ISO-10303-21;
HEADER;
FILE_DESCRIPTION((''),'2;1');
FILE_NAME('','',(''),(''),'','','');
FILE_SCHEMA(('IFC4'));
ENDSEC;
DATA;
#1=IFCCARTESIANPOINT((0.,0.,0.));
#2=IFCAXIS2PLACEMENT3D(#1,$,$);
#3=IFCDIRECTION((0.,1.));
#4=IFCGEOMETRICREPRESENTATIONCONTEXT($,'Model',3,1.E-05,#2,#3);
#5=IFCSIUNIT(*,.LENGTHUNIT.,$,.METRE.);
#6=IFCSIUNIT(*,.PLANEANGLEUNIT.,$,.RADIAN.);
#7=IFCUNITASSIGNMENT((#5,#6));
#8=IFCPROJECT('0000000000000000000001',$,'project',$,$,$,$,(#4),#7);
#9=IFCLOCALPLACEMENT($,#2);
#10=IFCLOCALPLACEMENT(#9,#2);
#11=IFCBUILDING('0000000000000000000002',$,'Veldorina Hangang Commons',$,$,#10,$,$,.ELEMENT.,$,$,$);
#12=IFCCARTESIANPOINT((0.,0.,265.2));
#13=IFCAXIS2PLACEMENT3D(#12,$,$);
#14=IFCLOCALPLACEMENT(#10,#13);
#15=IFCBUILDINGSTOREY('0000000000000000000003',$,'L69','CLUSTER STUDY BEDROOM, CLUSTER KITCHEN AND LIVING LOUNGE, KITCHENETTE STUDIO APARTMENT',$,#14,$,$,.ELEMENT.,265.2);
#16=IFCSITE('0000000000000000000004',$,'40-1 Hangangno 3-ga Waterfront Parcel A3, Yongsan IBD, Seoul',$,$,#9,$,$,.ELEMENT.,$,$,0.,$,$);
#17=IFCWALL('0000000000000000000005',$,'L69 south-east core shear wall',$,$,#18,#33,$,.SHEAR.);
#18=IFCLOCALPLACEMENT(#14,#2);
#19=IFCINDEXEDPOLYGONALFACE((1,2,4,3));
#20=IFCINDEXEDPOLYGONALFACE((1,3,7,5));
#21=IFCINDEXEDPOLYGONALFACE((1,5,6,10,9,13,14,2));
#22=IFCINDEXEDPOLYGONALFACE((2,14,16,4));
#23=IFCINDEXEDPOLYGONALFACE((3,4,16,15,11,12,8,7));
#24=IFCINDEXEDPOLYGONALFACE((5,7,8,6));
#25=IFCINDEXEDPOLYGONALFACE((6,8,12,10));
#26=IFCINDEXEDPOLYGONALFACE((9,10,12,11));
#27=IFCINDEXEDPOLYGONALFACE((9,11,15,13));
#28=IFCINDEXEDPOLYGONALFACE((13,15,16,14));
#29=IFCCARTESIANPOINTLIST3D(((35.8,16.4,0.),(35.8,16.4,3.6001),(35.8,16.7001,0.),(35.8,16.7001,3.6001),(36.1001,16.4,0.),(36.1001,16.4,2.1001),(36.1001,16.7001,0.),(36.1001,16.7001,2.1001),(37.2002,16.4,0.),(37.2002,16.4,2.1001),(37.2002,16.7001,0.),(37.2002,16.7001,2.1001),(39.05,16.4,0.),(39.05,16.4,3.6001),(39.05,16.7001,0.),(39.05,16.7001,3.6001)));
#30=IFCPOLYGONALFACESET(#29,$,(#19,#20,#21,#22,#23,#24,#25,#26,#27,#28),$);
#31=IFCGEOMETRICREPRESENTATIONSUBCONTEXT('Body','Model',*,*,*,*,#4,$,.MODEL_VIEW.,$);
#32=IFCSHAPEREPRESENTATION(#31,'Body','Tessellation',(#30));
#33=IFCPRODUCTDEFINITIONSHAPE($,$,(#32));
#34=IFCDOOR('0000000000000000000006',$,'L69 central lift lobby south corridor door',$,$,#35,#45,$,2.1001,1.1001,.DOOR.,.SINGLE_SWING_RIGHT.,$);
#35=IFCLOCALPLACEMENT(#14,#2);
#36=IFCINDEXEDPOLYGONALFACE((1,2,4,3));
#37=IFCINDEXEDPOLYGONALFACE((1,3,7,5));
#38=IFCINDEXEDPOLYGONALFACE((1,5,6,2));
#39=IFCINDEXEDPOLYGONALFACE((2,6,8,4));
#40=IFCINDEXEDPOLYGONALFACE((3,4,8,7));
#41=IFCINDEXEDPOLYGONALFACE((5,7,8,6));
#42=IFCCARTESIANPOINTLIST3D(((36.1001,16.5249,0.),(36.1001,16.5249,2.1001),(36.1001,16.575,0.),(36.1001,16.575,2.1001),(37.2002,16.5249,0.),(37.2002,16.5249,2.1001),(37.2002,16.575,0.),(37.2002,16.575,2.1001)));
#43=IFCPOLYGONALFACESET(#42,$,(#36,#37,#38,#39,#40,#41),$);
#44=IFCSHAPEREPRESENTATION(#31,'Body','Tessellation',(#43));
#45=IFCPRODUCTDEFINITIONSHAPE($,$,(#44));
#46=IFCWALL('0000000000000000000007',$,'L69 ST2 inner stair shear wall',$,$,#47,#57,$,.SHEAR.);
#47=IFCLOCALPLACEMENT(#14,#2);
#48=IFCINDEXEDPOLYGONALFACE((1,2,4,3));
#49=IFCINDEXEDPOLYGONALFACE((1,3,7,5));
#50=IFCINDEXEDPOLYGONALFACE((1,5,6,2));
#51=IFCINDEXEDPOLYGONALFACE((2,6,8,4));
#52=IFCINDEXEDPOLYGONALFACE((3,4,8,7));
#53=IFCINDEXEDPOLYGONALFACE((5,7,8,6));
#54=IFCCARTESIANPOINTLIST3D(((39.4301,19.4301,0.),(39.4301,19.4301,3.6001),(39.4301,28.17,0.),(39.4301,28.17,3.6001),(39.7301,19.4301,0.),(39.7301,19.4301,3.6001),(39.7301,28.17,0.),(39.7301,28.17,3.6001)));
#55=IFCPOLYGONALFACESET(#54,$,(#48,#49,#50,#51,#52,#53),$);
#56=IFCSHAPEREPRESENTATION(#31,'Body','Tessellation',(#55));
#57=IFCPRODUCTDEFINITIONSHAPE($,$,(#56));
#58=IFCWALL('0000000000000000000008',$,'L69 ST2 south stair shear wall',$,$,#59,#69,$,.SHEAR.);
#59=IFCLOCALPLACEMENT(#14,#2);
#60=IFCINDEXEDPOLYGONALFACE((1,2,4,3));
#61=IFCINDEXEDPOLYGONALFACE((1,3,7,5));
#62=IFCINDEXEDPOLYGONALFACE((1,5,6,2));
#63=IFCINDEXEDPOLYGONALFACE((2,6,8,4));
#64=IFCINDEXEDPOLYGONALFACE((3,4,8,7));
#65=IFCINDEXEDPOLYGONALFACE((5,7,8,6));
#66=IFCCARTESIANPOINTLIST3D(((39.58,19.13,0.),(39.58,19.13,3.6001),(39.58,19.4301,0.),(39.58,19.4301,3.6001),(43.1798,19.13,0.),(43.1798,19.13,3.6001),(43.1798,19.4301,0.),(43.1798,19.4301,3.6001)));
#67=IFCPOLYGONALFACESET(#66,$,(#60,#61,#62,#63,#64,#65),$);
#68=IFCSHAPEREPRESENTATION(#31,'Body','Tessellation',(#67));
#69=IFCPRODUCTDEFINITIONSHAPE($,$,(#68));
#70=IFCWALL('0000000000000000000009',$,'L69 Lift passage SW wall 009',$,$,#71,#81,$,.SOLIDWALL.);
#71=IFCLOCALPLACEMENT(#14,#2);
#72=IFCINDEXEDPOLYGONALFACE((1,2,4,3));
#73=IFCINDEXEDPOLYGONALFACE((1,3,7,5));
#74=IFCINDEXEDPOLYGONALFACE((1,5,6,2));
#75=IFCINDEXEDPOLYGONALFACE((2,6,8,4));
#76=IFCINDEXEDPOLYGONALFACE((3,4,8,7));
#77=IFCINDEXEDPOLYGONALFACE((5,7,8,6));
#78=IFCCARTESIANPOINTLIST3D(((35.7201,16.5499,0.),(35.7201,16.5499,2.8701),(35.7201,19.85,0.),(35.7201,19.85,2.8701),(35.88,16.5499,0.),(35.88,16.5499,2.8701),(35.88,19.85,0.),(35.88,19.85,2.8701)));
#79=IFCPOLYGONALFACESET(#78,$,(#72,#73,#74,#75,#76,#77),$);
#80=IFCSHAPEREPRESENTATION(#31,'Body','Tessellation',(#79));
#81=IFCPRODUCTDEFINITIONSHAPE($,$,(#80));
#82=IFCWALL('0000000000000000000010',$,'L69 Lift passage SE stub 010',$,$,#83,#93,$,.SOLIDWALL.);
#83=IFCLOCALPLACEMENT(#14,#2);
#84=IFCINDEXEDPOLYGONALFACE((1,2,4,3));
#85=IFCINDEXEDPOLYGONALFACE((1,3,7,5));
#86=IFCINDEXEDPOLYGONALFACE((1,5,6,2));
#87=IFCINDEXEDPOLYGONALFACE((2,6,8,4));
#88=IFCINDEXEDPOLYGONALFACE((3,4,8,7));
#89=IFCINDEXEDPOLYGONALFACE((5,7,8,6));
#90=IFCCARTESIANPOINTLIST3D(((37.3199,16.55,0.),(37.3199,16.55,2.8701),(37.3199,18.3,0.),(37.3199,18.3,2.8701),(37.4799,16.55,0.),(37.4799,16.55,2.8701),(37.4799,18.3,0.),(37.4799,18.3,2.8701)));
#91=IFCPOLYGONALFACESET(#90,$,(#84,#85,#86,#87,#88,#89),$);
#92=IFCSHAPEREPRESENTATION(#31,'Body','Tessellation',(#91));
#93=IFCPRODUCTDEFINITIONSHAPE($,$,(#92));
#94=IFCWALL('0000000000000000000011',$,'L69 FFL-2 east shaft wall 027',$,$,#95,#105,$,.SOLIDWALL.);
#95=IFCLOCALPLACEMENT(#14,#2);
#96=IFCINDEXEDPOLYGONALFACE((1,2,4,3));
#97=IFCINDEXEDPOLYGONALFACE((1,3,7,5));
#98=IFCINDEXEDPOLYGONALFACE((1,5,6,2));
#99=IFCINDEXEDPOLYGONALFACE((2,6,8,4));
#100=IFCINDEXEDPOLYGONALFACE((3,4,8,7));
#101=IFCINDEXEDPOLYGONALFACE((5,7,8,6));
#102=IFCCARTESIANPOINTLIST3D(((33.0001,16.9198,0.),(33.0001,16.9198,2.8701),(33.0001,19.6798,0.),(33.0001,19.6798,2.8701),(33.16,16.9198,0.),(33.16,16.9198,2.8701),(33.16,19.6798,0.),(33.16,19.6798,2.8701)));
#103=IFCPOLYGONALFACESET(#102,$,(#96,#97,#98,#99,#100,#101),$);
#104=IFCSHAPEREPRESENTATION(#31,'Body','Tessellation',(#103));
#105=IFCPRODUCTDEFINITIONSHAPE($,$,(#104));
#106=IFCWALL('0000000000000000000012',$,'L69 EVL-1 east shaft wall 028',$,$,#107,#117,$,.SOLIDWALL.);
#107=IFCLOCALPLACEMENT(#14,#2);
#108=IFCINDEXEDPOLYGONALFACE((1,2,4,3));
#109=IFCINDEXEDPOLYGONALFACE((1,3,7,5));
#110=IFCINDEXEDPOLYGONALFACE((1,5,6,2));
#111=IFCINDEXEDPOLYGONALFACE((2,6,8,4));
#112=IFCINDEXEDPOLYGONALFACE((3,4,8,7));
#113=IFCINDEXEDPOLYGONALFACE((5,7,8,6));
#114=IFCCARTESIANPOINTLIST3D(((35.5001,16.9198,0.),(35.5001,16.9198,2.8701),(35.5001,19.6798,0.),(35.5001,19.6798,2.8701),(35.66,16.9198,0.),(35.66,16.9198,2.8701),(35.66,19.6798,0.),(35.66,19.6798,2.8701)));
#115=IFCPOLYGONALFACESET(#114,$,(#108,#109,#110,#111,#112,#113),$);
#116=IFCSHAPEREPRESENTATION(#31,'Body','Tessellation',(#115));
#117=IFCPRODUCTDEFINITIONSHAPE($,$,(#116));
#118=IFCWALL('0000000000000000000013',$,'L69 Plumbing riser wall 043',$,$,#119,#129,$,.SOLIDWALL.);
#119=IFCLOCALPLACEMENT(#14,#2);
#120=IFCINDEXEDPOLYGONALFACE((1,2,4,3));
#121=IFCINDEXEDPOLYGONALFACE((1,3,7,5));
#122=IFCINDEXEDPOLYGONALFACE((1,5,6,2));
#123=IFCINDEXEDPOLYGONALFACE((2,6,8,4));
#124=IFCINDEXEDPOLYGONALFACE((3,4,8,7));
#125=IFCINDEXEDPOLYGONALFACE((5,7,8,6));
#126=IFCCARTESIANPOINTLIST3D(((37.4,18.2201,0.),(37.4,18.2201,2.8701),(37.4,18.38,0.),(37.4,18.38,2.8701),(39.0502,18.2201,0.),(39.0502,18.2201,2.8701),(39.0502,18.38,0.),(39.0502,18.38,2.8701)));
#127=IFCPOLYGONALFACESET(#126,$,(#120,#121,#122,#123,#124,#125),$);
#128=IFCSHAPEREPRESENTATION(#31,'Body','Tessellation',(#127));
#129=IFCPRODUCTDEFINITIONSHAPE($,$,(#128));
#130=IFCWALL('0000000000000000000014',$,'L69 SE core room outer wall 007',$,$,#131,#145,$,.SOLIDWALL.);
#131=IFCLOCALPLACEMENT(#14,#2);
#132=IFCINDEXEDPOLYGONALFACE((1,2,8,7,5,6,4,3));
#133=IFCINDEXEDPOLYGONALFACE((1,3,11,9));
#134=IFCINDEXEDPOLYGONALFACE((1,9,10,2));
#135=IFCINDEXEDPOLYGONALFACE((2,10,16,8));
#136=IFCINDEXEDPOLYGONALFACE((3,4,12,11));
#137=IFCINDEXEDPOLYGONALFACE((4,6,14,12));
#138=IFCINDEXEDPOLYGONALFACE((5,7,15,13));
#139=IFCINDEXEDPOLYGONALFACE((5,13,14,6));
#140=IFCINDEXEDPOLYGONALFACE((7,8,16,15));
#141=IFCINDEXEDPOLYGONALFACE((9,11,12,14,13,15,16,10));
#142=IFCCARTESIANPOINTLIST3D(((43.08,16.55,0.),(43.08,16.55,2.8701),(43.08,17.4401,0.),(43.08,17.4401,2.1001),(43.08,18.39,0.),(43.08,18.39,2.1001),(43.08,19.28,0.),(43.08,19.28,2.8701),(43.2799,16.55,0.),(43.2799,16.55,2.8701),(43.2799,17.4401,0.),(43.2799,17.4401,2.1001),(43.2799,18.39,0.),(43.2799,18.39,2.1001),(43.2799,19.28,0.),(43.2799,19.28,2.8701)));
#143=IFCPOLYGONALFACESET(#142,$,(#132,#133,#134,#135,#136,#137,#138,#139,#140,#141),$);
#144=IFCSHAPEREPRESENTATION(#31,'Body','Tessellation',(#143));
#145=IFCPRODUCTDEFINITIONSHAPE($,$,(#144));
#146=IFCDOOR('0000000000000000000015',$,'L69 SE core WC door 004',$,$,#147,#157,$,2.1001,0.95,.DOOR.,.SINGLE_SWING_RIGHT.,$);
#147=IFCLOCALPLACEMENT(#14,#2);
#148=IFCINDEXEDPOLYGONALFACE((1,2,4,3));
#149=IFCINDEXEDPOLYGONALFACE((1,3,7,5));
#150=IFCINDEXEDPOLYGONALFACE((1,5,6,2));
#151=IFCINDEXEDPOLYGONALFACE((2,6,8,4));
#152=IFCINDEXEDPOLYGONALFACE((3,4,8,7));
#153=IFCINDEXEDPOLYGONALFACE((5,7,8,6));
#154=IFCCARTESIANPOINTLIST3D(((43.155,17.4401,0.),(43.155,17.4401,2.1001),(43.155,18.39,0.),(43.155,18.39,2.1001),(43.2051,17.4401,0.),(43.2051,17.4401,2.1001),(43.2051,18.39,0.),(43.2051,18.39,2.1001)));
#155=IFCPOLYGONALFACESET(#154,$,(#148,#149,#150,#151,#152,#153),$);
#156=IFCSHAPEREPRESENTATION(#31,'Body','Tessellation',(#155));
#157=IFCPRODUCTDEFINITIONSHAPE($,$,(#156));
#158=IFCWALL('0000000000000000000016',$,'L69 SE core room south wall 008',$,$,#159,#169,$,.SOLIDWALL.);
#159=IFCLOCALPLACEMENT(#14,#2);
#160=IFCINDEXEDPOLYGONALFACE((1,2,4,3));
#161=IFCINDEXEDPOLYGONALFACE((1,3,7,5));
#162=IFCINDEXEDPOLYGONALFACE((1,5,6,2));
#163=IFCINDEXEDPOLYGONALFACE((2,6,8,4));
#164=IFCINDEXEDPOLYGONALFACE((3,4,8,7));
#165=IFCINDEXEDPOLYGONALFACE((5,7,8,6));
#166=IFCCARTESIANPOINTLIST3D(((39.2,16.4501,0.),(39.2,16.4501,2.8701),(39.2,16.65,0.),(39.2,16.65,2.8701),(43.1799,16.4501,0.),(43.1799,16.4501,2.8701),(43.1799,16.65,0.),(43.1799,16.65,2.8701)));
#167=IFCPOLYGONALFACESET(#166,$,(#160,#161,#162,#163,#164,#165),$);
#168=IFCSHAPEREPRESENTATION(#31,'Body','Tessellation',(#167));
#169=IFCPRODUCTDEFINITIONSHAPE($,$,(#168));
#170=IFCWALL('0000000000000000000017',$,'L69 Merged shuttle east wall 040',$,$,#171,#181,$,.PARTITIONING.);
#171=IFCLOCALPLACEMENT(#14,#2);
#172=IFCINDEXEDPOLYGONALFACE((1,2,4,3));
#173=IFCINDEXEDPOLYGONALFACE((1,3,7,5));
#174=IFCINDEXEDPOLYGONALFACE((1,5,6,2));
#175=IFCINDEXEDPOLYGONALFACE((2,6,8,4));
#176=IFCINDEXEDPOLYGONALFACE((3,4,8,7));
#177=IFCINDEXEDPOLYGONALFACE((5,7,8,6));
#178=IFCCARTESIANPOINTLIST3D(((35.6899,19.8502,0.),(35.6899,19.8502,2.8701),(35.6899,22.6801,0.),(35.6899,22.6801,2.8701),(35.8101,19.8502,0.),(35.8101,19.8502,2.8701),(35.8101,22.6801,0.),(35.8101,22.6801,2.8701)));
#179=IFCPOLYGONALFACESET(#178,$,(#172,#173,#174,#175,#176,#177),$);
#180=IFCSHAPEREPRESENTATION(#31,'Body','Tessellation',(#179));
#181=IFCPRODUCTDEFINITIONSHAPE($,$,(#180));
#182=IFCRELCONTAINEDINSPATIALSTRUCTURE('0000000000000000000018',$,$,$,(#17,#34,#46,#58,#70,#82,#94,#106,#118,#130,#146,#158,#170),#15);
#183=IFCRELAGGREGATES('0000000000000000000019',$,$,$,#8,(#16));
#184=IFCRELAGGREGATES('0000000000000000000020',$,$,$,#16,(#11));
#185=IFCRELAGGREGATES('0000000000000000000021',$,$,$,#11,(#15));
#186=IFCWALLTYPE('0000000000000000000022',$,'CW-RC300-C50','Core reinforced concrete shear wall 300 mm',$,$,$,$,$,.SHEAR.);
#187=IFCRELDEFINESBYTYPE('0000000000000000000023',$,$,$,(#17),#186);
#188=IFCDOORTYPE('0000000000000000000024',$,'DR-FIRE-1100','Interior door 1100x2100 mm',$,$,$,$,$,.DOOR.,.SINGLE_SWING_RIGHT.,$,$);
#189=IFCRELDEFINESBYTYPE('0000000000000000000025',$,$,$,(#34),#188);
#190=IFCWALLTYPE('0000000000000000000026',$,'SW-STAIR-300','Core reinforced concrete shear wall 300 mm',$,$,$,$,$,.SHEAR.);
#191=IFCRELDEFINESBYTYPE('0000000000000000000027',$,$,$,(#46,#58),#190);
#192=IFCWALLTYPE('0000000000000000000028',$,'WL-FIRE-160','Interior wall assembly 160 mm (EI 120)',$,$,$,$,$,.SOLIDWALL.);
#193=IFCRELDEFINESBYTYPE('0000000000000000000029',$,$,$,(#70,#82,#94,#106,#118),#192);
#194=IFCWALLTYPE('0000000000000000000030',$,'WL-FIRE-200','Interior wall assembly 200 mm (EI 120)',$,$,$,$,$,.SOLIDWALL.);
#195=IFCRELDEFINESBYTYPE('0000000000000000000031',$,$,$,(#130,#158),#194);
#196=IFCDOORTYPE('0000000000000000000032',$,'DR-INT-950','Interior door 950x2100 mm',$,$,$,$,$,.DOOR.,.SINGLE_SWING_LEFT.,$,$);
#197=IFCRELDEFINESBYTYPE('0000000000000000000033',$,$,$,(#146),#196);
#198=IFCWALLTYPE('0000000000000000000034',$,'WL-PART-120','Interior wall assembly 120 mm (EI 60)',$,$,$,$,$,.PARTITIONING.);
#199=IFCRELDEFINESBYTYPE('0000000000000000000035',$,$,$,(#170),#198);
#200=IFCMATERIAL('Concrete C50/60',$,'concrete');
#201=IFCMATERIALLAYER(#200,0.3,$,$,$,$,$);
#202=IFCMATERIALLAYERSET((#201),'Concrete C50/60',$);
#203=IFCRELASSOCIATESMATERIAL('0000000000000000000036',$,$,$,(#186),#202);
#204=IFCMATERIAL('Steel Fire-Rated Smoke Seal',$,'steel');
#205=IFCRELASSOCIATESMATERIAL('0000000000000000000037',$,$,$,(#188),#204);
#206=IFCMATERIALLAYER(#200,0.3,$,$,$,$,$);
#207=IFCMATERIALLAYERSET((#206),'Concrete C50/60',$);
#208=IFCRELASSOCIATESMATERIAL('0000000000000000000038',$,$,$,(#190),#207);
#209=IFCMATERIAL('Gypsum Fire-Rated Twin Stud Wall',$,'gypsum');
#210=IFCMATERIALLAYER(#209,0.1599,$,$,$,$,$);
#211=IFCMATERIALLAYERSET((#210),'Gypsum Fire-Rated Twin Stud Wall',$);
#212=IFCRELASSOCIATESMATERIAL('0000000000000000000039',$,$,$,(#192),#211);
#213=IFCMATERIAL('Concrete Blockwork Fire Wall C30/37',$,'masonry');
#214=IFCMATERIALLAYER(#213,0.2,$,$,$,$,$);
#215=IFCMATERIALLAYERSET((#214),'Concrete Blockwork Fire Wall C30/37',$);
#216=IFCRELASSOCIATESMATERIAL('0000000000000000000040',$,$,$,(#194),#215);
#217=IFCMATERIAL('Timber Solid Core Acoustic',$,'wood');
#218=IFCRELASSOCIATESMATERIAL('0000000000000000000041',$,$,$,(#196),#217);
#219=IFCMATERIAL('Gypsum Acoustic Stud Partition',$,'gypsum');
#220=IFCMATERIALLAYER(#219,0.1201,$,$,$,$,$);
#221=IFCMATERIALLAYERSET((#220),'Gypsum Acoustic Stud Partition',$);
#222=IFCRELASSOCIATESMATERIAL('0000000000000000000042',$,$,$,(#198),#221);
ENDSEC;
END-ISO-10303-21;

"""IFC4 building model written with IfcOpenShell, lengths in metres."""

from ifc_helpers import new_model, si_unit, direction, frame, frame_2d, origin, place, context, subcontext, project, spatial, rectangle, extrude, material, layer, layer_set, type_object, element, fill, save


model = new_model("IFC4")

# Units and contexts
model_context = context("Model", 3, precision=1e-05, world=origin(), true_north=direction((0.0, 1.0)))
body_context = subcontext(model_context, "Body", "Model", "MODEL_VIEW")
ifc_project = project(units=[si_unit("LENGTHUNIT", "METRE"), si_unit("PLANEANGLEUNIT", "RADIAN")], contexts=[model_context])

# Site, building, storey
site_placement = place(None, origin())
site = spatial("IfcSite", under=ifc_project, at=site_placement, Name="40-1 Hangangno 3-ga Waterfront Parcel A3, Yongsan IBD, Seoul", CompositionType="ELEMENT", RefElevation=0.0)
building_placement = place(site_placement, origin())
building = spatial("IfcBuilding", under=site, at=building_placement, Name="Veldorina Hangang Commons", CompositionType="ELEMENT")
storey_placement = place(building_placement, frame((0.0, 0.0, 265.2)))
storey = spatial("IfcBuildingStorey", under=building, at=storey_placement, Name="L69", Description="CLUSTER STUDY BEDROOM, CLUSTER KITCHEN AND LIVING LOUNGE, KITCHENETTE STUDIO APARTMENT", CompositionType="ELEMENT", Elevation=265.2)

# Shared definitions
ifc_material_1 = material(Name="Concrete C50/60", Category="concrete")

# Shared definitions
ifc_layer_1 = layer(ifc_material_1, 0.3)
ifc_layer_set_1 = layer_set([ifc_layer_1], Name="Concrete C50/60")
wall_type_1 = type_object("IfcWallType", Name="CW-RC300-C50", Description="Core reinforced concrete shear wall 300 mm", PredefinedType="SHEAR", material=ifc_layer_set_1)

# Wall, opening, door
wall_1_placement = place(storey_placement, frame((35.8, 16.55, 0.0), z_axis=(0.0, 0.0, 1.0), x_axis=(1.0, 0.0, 0.0)))
wall_1 = element("IfcWall", 1, at=wall_1_placement, inside=storey, type_object=wall_type_1, Name="L69 south-east core shear wall", PredefinedType="SHEAR", context=body_context, shape_type="SweptSolid", body=[
    extrude(rectangle(XDim=3.25, YDim=0.3, at=frame_2d((1.625, 0.0))), origin(), (0.0, 0.0, 1.0), 3.6001),
])
opening_1_placement = place(wall_1_placement, frame((0.3, 0.0, 0.0)))
opening_1 = element("IfcOpeningElement", 2, at=opening_1_placement, cuts=wall_1, PredefinedType="OPENING", context=body_context, shape_type="SweptSolid", body=[
    extrude(rectangle(XDim=1.1001, YDim=2.1001, at=frame_2d((0.55, 1.05))), frame((0.0, 0.1602, 0.0), z_axis=(0.0, -1.0, 0.0), x_axis=(1.0, 0.0, 0.0)), (0.0, 0.0, 1.0), 0.3201),
])
ifc_material_2 = material(Name="Steel Fire-Rated Smoke Seal", Category="steel")
door_type_1 = type_object("IfcDoorType", Name="DR-FIRE-1100", Description="Interior door 1100x2100 mm", OperationType="SINGLE_SWING_RIGHT", PredefinedType="DOOR", material=ifc_material_2)
door_1_placement = place(opening_1_placement, origin())
door_1 = element("IfcDoor", 3, at=door_1_placement, inside=storey, type_object=door_type_1, Name="L69 central lift lobby south corridor door", OperationType="SINGLE_SWING_RIGHT", OverallHeight=2.1001, OverallWidth=1.1001, PredefinedType="DOOR", context=body_context, shape_type="SweptSolid", body=[
    extrude(rectangle(XDim=1.1001, YDim=2.1001, at=frame_2d((0.55, 1.05))), frame((0.0, 0.0249, 0.0), z_axis=(0.0, -1.0, 0.0), x_axis=(1.0, 0.0, 0.0)), (0.0, 0.0, 1.0), 0.05),
])
fill(opening_1, door_1)

# Walls
ifc_layer_2 = layer(ifc_material_1, 0.3)
ifc_layer_set_2 = layer_set([ifc_layer_2], Name="Concrete C50/60")
wall_type_2 = type_object("IfcWallType", Name="SW-STAIR-300", Description="Core reinforced concrete shear wall 300 mm", PredefinedType="SHEAR", material=ifc_layer_set_2)
wall_2_placement = place(storey_placement, frame((39.5801, 19.4299, 0.0), z_axis=(0.0, 0.0, 1.0), x_axis=(0.0, 1.0, 0.0)))
element("IfcWall", 4, at=wall_2_placement, inside=storey, type_object=wall_type_2, Name="L69 ST2 inner stair shear wall", PredefinedType="SHEAR", context=body_context, shape_type="SweptSolid", body=[
    extrude(rectangle(XDim=8.74, YDim=0.3, at=frame_2d((4.3701, 0.0))), origin(), (0.0, 0.0, 1.0), 3.6001),
])
wall_3_placement = place(storey_placement, frame((39.5801, 19.28, 0.0), z_axis=(0.0, 0.0, 1.0), x_axis=(1.0, 0.0, 0.0)))
element("IfcWall", 5, at=wall_3_placement, inside=storey, type_object=wall_type_2, Name="L69 ST2 south stair shear wall", PredefinedType="SHEAR", context=body_context, shape_type="SweptSolid", body=[
    extrude(rectangle(XDim=3.5999, YDim=0.3, at=frame_2d((1.7998, 0.0))), origin(), (0.0, 0.0, 1.0), 3.6001),
])
ifc_material_3 = material(Name="Gypsum Fire-Rated Twin Stud Wall", Category="gypsum")
ifc_layer_3 = layer(ifc_material_3, 0.1599)
ifc_layer_set_3 = layer_set([ifc_layer_3], Name="Gypsum Fire-Rated Twin Stud Wall")
wall_type_3 = type_object("IfcWallType", Name="WL-FIRE-160", Description="Interior wall assembly 160 mm (EI 120)", PredefinedType="SOLIDWALL", material=ifc_layer_set_3)
wall_4_placement = place(storey_placement, frame((35.8, 16.55, 0.0), z_axis=(0.0, 0.0, 1.0), x_axis=(0.0, 1.0, 0.0)))
element("IfcWall", 6, at=wall_4_placement, inside=storey, type_object=wall_type_3, Name="L69 Lift passage SW wall 009", PredefinedType="SOLIDWALL", context=body_context, shape_type="SweptSolid", body=[
    extrude(rectangle(XDim=3.3, YDim=0.1599, at=frame_2d((1.6499, 0.0))), origin(), (0.0, 0.0, 1.0), 2.8701),
])
wall_5_placement = place(storey_placement, frame((37.3999, 16.55, 0.0), z_axis=(0.0, 0.0, 1.0), x_axis=(0.0, 1.0, 0.0)))
element("IfcWall", 7, at=wall_5_placement, inside=storey, type_object=wall_type_3, Name="L69 Lift passage SE stub 010", PredefinedType="SOLIDWALL", context=body_context, shape_type="SweptSolid", body=[
    extrude(rectangle(XDim=1.75, YDim=0.1599, at=frame_2d((0.875, 0.0))), origin(), (0.0, 0.0, 1.0), 2.8701),
])
for number, where, z_axis, x_axis, name in (
    (8, (33.0801, 16.9199, 0.0), (0.0, 0.0, 1.0), (0.0, 1.0, 0.0), "L69 FFL-2 east shaft wall 027"),
    (9, (35.5801, 16.9199, 0.0), (0.0, 0.0, 1.0), (0.0, 1.0, 0.0), "L69 EVL-1 east shaft wall 028"),
):
    element("IfcWall", number, at=place(storey_placement, frame(where, z_axis=z_axis, x_axis=x_axis)), inside=storey, type_object=wall_type_3, Name=name, PredefinedType="SOLIDWALL", context=body_context, shape_type="SweptSolid", body=[
        extrude(rectangle(XDim=2.76, YDim=0.1599, at=frame_2d((1.3799, 0.0))), origin(), (0.0, 0.0, 1.0), 2.8701),
    ])
wall_6_placement = place(storey_placement, frame((37.3999, 18.3, 0.0), z_axis=(0.0, 0.0, 1.0), x_axis=(1.0, 0.0, 0.0)))
element("IfcWall", 10, at=wall_6_placement, inside=storey, type_object=wall_type_3, Name="L69 Plumbing riser wall 043", PredefinedType="SOLIDWALL", context=body_context, shape_type="SweptSolid", body=[
    extrude(rectangle(XDim=1.6501, YDim=0.1599, at=frame_2d((0.8252, 0.0))), origin(), (0.0, 0.0, 1.0), 2.8701),
])

# Wall, opening, door
ifc_material_4 = material(Name="Concrete Blockwork Fire Wall C30/37", Category="masonry")
ifc_layer_4 = layer(ifc_material_4, 0.2)
ifc_layer_set_4 = layer_set([ifc_layer_4], Name="Concrete Blockwork Fire Wall C30/37")
wall_type_4 = type_object("IfcWallType", Name="WL-FIRE-200", Description="Interior wall assembly 200 mm (EI 120)", PredefinedType="SOLIDWALL", material=ifc_layer_set_4)
wall_7_placement = place(storey_placement, frame((43.1799, 16.55, 0.0), z_axis=(0.0, 0.0, 1.0), x_axis=(0.0, 1.0, 0.0)))
wall_7 = element("IfcWall", 11, at=wall_7_placement, inside=storey, type_object=wall_type_4, Name="L69 SE core room outer wall 007", PredefinedType="SOLIDWALL", context=body_context, shape_type="SweptSolid", body=[
    extrude(rectangle(XDim=2.73, YDim=0.2, at=frame_2d((1.365, 0.0))), origin(), (0.0, 0.0, 1.0), 2.8701),
])
opening_2_placement = place(wall_7_placement, frame((0.8899, 0.0, 0.0)))
opening_2 = element("IfcOpeningElement", 12, at=opening_2_placement, cuts=wall_7, PredefinedType="OPENING", context=body_context, shape_type="SweptSolid", body=[
    extrude(rectangle(XDim=0.95, YDim=2.1001, at=frame_2d((0.4751, 1.05))), frame((0.0, 0.1099, 0.0), z_axis=(0.0, -1.0, 0.0), x_axis=(1.0, 0.0, 0.0)), (0.0, 0.0, 1.0), 0.22),
])
ifc_material_5 = material(Name="Timber Solid Core Acoustic", Category="wood")
door_type_2 = type_object("IfcDoorType", Name="DR-INT-950", Description="Interior door 950x2100 mm", OperationType="SINGLE_SWING_LEFT", PredefinedType="DOOR", material=ifc_material_5)
door_2_placement = place(opening_2_placement, origin())
door_2 = element("IfcDoor", 13, at=door_2_placement, inside=storey, type_object=door_type_2, Name="L69 SE core WC door 004", OperationType="SINGLE_SWING_RIGHT", OverallHeight=2.1001, OverallWidth=0.95, PredefinedType="DOOR", context=body_context, shape_type="SweptSolid", body=[
    extrude(rectangle(XDim=0.95, YDim=2.1001, at=frame_2d((0.4751, 1.05))), frame((0.0, 0.0249, 0.0), z_axis=(0.0, -1.0, 0.0), x_axis=(1.0, 0.0, 0.0)), (0.0, 0.0, 1.0), 0.05),
])
fill(opening_2, door_2)

# Walls
wall_8_placement = place(storey_placement, frame((39.2, 16.55, 0.0), z_axis=(0.0, 0.0, 1.0), x_axis=(1.0, 0.0, 0.0)))
element("IfcWall", 14, at=wall_8_placement, inside=storey, type_object=wall_type_4, Name="L69 SE core room south wall 008", PredefinedType="SOLIDWALL", context=body_context, shape_type="SweptSolid", body=[
    extrude(rectangle(XDim=3.98, YDim=0.2, at=frame_2d((1.99, 0.0))), origin(), (0.0, 0.0, 1.0), 2.8701),
])
ifc_material_6 = material(Name="Gypsum Acoustic Stud Partition", Category="gypsum")
ifc_layer_5 = layer(ifc_material_6, 0.1201)
ifc_layer_set_5 = layer_set([ifc_layer_5], Name="Gypsum Acoustic Stud Partition")
wall_type_5 = type_object("IfcWallType", Name="WL-PART-120", Description="Interior wall assembly 120 mm (EI 60)", PredefinedType="PARTITIONING", material=ifc_layer_set_5)
wall_9_placement = place(storey_placement, frame((35.75, 19.8501, 0.0), z_axis=(0.0, 0.0, 1.0), x_axis=(0.0, 1.0, 0.0)))
element("IfcWall", 15, at=wall_9_placement, inside=storey, type_object=wall_type_5, Name="L69 Merged shuttle east wall 040", PredefinedType="PARTITIONING", context=body_context, shape_type="SweptSolid", body=[
    extrude(rectangle(XDim=2.8298, YDim=0.1201, at=frame_2d((1.415, 0.0))), origin(), (0.0, 0.0, 1.0), 2.8701),
])

save(model, "model.ifc")
